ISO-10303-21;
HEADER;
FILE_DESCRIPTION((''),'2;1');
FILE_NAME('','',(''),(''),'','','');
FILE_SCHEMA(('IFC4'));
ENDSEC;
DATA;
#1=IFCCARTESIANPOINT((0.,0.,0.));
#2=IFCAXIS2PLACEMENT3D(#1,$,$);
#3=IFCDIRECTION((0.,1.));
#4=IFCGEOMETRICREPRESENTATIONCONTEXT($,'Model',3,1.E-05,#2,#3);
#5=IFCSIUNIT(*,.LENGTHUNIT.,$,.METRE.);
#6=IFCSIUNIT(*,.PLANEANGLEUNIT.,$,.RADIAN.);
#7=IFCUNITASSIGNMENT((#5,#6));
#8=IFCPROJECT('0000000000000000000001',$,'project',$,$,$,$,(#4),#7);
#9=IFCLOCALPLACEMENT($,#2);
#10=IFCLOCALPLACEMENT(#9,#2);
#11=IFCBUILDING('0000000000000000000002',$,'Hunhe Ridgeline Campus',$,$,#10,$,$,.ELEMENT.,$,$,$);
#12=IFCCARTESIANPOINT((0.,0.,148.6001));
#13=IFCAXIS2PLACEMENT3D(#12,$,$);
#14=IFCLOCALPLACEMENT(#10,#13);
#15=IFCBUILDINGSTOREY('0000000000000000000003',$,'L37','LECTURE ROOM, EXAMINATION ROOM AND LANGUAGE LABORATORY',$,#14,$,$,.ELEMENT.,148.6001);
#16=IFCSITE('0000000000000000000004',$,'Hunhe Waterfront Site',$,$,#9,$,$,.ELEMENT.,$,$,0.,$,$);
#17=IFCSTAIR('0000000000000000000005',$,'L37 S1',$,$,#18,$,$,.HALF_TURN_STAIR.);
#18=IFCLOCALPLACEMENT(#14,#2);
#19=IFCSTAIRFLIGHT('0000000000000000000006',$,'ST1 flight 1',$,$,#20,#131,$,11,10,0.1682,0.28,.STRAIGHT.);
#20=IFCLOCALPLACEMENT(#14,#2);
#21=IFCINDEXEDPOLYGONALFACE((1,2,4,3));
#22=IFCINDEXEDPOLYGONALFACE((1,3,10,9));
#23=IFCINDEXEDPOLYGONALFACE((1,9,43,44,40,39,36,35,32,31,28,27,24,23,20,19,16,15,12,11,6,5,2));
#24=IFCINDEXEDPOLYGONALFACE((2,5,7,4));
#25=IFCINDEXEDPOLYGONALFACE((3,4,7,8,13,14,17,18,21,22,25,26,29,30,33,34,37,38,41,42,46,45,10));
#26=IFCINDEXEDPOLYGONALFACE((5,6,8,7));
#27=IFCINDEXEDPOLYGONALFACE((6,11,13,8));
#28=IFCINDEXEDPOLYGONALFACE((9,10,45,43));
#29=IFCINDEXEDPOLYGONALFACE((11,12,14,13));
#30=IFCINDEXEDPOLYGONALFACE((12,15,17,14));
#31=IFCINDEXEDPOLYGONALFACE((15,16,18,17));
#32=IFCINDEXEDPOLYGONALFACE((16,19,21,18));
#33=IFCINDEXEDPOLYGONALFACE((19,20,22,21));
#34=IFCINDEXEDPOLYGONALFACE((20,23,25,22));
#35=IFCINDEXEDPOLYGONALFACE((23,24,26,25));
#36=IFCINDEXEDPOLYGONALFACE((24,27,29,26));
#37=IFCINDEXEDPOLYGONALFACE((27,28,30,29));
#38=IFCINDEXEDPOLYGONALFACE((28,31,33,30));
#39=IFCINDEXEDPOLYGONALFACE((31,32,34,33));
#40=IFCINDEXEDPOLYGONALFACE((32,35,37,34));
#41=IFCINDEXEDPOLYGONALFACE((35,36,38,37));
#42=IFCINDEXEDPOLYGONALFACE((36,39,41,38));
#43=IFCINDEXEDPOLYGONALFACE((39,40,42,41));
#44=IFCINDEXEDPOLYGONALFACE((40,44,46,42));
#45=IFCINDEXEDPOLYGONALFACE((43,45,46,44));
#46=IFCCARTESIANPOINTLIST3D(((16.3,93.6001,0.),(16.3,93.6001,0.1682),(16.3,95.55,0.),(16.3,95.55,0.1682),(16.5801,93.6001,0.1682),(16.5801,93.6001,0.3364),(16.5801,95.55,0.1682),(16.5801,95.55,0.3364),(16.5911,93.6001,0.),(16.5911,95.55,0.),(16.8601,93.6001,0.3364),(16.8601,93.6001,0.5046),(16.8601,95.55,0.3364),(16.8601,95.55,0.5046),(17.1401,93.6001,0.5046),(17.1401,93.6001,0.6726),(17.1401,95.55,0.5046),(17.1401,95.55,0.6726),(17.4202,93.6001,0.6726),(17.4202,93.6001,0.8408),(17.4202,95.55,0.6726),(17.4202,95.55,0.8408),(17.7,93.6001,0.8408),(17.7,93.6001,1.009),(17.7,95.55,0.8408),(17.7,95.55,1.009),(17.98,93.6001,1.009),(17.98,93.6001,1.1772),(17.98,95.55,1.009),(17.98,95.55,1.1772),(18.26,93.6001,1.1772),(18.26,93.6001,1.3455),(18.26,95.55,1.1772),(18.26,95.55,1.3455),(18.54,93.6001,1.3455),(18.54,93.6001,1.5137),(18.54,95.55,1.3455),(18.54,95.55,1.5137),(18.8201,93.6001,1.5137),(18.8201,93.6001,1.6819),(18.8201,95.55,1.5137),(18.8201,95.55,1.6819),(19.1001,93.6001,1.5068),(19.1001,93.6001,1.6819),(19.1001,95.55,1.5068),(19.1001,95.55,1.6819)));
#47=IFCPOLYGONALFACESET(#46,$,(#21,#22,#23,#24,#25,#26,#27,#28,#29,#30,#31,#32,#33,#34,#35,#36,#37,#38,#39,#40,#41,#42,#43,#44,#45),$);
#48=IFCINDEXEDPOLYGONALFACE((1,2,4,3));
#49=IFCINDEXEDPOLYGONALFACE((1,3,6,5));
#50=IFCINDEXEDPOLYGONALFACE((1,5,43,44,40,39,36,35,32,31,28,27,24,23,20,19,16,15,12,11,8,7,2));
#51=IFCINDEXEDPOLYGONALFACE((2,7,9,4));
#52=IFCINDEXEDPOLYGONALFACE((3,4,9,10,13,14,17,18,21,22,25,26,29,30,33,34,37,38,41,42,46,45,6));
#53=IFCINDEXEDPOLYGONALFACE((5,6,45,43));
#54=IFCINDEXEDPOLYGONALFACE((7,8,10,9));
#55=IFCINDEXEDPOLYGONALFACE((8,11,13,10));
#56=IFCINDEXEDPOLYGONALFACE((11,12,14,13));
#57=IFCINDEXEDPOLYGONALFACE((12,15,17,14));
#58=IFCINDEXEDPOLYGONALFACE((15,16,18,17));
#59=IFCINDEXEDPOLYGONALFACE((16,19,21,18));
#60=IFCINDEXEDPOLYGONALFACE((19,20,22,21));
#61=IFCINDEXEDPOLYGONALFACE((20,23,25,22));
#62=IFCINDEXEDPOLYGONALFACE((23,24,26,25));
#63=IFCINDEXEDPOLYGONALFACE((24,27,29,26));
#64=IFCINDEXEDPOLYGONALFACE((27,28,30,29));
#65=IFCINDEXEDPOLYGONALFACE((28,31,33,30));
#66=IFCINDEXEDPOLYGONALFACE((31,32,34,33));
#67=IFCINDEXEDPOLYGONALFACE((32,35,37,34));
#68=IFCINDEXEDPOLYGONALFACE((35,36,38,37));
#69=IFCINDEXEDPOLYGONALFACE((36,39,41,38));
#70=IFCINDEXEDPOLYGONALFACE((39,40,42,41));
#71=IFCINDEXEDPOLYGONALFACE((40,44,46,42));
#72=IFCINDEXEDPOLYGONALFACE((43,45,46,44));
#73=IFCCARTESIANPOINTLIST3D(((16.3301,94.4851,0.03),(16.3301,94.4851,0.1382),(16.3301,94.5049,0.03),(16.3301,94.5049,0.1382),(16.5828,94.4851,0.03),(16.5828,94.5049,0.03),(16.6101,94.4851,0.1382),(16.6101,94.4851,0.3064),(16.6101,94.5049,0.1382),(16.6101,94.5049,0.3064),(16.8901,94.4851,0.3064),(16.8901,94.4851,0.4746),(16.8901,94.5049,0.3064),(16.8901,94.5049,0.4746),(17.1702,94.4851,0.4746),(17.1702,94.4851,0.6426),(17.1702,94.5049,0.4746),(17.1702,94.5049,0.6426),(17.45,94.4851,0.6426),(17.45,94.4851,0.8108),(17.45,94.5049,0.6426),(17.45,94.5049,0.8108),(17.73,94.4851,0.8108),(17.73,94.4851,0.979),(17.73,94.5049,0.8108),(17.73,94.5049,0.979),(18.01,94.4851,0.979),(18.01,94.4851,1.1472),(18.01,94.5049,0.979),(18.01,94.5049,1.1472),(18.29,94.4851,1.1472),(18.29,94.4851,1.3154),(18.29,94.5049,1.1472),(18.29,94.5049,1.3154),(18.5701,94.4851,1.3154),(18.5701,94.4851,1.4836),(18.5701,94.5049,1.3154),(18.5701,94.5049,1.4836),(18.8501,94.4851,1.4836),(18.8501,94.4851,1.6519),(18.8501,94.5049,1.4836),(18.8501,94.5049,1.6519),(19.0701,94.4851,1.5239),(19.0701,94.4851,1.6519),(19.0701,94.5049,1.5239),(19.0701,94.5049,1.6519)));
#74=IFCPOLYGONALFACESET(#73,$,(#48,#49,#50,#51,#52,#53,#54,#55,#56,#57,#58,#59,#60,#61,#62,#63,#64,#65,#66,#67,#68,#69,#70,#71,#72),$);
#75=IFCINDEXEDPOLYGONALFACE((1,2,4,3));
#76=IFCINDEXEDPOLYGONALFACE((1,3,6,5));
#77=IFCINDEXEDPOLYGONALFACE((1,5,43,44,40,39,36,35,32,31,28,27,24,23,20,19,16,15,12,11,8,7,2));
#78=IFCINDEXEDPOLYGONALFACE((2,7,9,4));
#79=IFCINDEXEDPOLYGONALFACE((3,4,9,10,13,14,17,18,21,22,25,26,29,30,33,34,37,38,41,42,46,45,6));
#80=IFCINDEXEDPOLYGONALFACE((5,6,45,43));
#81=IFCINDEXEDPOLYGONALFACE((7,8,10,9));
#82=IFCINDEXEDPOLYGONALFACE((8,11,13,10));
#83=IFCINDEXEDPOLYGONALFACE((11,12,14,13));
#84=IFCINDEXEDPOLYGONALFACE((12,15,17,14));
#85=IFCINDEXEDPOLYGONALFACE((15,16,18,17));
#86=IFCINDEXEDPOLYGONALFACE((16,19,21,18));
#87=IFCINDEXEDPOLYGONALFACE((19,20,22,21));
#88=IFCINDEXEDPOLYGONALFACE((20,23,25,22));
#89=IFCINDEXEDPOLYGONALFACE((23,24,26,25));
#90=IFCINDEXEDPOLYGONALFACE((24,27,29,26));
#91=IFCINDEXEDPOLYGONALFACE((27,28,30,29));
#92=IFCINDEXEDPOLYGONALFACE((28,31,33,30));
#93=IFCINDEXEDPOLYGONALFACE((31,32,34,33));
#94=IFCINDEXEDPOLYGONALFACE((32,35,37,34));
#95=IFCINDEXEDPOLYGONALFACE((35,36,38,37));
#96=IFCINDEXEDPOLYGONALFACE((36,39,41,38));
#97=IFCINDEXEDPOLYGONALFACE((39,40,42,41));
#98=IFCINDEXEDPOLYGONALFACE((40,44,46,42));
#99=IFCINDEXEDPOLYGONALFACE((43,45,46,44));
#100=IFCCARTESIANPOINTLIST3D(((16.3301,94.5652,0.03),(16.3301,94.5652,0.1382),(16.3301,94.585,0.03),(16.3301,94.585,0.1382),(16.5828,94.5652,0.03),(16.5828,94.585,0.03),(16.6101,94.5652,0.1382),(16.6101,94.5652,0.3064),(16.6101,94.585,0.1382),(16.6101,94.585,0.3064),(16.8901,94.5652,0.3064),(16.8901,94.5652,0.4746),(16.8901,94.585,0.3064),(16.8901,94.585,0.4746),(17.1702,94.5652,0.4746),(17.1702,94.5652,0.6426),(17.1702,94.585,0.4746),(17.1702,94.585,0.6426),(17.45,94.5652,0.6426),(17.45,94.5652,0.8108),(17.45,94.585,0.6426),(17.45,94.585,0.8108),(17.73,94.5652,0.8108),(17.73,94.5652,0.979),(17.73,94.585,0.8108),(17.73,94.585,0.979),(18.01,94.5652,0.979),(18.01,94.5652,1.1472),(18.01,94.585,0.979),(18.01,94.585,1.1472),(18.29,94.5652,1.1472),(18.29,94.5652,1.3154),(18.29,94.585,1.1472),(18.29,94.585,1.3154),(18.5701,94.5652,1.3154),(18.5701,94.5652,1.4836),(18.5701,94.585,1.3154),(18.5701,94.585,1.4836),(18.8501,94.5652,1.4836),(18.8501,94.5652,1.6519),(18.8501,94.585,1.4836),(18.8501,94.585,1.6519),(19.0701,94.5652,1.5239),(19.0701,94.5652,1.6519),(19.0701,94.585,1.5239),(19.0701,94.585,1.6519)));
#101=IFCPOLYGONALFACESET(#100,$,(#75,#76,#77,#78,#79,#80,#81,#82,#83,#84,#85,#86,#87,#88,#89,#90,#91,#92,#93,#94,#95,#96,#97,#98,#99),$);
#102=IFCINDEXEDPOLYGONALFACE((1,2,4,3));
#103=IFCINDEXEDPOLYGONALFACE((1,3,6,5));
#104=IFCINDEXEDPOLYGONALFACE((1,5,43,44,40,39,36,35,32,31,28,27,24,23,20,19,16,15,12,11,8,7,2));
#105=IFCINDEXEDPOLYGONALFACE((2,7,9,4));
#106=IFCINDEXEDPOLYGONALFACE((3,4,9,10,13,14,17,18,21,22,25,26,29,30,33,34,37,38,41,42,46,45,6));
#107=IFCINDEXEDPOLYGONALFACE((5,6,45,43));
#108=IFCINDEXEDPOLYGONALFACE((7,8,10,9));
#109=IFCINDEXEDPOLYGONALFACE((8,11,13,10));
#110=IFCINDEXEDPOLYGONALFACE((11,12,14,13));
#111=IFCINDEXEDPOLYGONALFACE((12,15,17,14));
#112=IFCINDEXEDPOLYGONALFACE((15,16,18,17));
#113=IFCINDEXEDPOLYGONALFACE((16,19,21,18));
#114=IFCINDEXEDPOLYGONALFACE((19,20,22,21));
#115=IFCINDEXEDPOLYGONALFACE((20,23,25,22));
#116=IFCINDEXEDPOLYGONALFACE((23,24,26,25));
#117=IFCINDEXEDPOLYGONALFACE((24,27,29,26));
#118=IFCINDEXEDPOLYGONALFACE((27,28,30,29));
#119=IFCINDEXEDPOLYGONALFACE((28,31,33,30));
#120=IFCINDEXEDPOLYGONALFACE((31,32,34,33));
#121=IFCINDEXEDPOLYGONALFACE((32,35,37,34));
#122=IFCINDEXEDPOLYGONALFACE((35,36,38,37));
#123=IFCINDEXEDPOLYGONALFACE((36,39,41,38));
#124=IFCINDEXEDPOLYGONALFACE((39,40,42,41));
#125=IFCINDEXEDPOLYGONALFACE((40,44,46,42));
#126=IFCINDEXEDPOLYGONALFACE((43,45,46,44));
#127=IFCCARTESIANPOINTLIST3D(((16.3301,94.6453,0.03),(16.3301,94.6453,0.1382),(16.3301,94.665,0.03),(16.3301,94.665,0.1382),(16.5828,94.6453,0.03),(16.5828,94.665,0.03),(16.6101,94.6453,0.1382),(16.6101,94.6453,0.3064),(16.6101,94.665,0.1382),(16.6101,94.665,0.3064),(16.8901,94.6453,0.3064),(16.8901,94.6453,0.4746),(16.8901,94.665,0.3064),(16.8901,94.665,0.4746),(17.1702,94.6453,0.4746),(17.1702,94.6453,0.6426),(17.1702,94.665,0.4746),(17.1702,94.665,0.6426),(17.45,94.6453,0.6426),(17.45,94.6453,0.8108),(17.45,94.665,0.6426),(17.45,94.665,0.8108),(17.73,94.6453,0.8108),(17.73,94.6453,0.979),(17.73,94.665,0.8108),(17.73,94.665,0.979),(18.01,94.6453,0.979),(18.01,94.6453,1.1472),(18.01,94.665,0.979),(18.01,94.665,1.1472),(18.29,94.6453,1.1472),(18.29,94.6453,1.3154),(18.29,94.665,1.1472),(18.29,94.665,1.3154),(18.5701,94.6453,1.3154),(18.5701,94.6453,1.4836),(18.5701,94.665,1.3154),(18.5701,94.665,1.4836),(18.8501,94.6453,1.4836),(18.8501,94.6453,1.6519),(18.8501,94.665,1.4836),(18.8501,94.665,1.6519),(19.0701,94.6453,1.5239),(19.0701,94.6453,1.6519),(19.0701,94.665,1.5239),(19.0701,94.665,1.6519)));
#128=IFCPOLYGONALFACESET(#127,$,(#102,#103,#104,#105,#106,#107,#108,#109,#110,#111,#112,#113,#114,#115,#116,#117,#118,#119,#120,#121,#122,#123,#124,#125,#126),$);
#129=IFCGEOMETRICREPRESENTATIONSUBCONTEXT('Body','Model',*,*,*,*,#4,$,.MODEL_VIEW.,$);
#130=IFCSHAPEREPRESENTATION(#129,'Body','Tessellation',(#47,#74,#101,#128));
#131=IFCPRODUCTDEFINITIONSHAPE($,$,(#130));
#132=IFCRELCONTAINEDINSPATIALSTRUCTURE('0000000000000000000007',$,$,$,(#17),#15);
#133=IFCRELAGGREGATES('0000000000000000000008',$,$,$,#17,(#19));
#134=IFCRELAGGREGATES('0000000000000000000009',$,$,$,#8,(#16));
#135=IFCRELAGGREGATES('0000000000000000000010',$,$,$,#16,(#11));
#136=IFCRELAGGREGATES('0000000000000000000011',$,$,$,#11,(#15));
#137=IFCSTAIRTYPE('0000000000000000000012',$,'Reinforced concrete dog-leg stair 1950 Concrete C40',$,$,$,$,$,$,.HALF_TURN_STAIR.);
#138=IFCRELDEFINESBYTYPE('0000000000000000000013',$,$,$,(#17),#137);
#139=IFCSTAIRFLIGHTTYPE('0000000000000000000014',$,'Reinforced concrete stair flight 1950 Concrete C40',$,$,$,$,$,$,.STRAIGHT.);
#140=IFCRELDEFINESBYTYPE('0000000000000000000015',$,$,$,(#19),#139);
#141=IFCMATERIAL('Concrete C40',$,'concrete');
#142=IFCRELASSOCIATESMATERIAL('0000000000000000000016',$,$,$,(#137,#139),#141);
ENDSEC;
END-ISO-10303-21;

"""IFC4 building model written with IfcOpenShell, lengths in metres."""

from ifc_helpers import new_model, si_unit, direction, frame, origin, place, context, subcontext, project, spatial, polyline, outline, extrude, material, type_object, element, aggregate, save


model = new_model("IFC4")

# Units and contexts
model_context = context("Model", 3, precision=1e-05, world=origin(), true_north=direction((0.0, 1.0)))
body_context = subcontext(model_context, "Body", "Model", "MODEL_VIEW")
ifc_project = project(units=[si_unit("LENGTHUNIT", "METRE"), si_unit("PLANEANGLEUNIT", "RADIAN")], contexts=[model_context])

# Site, building, storey
site_placement = place(None, origin())
site = spatial("IfcSite", under=ifc_project, at=site_placement, Name="Hunhe Waterfront Site", CompositionType="ELEMENT", RefElevation=0.0)
building_placement = place(site_placement, origin())
building = spatial("IfcBuilding", under=site, at=building_placement, Name="Hunhe Ridgeline Campus", CompositionType="ELEMENT")
storey_placement = place(building_placement, frame((0.0, 0.0, 148.6001)))
storey = spatial("IfcBuildingStorey", under=building, at=storey_placement, Name="L37", Description="LECTURE ROOM, EXAMINATION ROOM AND LANGUAGE LABORATORY", CompositionType="ELEMENT", Elevation=148.6001)

# Stair, stair flight
ifc_material_1 = material(Name="Concrete C40", Category="concrete")
stair_type = type_object("IfcStairType", Name="Reinforced concrete dog-leg stair 1950 Concrete C40", PredefinedType="HALF_TURN_STAIR", material=ifc_material_1)
stair_1_placement = place(storey_placement, origin())
stair_1 = element("IfcStair", 1, at=stair_1_placement, inside=storey, type_object=stair_type, Name="L37 S1", PredefinedType="HALF_TURN_STAIR")
stair_flight_type = type_object("IfcStairFlightType", Name="Reinforced concrete stair flight 1950 Concrete C40", PredefinedType="STRAIGHT", material=ifc_material_1)
stair_flight_1_placement = place(storey_placement, frame((16.3, 94.575, 0.0), z_axis=(0.0, 0.0, 1.0), x_axis=(1.0, 0.0, 0.0)))
stair_flight_1 = element("IfcStairFlight", 2, at=stair_flight_1_placement, type_object=stair_flight_type, Name="ST1 flight 1", NumberOfRisers=11, NumberOfTreads=10, PredefinedType="STRAIGHT", RiserHeight=0.1682, TreadLength=0.28, context=body_context, shape_type="SweptSolid", body=[
    extrude(outline(polyline([(0.0, 0.0), (0.0, 0.1682), (0.28, 0.1682), (0.28, 0.3364), (0.5601, 0.3364), (0.5601, 0.5046), (0.8401, 0.5046), (0.8401, 0.6726), (1.1201, 0.6726), (1.1201, 0.8408), (1.3999, 0.8408), (1.3999, 1.009), (1.6799, 1.009), (1.6799, 1.1772), (1.96, 1.1772), (1.96, 1.3455), (2.24, 1.3455), (2.24, 1.5137), (2.52, 1.5137), (2.52, 1.6819), (2.8, 1.6819), (2.8, 1.8501), (2.8, 1.5068), (0.291, 0.0), (0.0, 0.0)])), frame((0.0, 0.9751, 0.0), z_axis=(0.0, -1.0, 0.0), x_axis=(1.0, 0.0, 0.0)), (0.0, 0.0, 1.0), 1.95),
    extrude(outline(polyline([(0.03, 0.03), (0.03, 0.1382), (0.3101, 0.1382), (0.3101, 0.3064), (0.5901, 0.3064), (0.5901, 0.4746), (0.8701, 0.4746), (0.8701, 0.6426), (1.1499, 0.6426), (1.1499, 0.8108), (1.4299, 0.8108), (1.4299, 0.979), (1.71, 0.979), (1.71, 1.1472), (1.99, 1.1472), (1.99, 1.3154), (2.27, 1.3154), (2.27, 1.4836), (2.55, 1.4836), (2.55, 1.6519), (2.77, 1.6519), (2.77, 1.5239), (0.2827, 0.03), (0.03, 0.03)])), frame((0.0, -0.0701, 0.0), z_axis=(0.0, -1.0, 0.0), x_axis=(1.0, 0.0, 0.0)), (0.0, 0.0, 1.0), 0.0198),
    extrude(outline(polyline([(0.03, 0.03), (0.03, 0.1382), (0.3101, 0.1382), (0.3101, 0.3064), (0.5901, 0.3064), (0.5901, 0.4746), (0.8701, 0.4746), (0.8701, 0.6426), (1.1499, 0.6426), (1.1499, 0.8108), (1.4299, 0.8108), (1.4299, 0.979), (1.71, 0.979), (1.71, 1.1472), (1.99, 1.1472), (1.99, 1.3154), (2.27, 1.3154), (2.27, 1.4836), (2.55, 1.4836), (2.55, 1.6519), (2.77, 1.6519), (2.77, 1.5239), (0.2827, 0.03), (0.03, 0.03)])), frame((0.0, 0.01, 0.0), z_axis=(0.0, -1.0, 0.0), x_axis=(1.0, 0.0, 0.0)), (0.0, 0.0, 1.0), 0.0198),
    extrude(outline(polyline([(0.03, 0.03), (0.03, 0.1382), (0.3101, 0.1382), (0.3101, 0.3064), (0.5901, 0.3064), (0.5901, 0.4746), (0.8701, 0.4746), (0.8701, 0.6426), (1.1499, 0.6426), (1.1499, 0.8108), (1.4299, 0.8108), (1.4299, 0.979), (1.71, 0.979), (1.71, 1.1472), (1.99, 1.1472), (1.99, 1.3154), (2.27, 1.3154), (2.27, 1.4836), (2.55, 1.4836), (2.55, 1.6519), (2.77, 1.6519), (2.77, 1.5239), (0.2827, 0.03), (0.03, 0.03)])), frame((0.0, 0.0901, 0.0), z_axis=(0.0, -1.0, 0.0), x_axis=(1.0, 0.0, 0.0)), (0.0, 0.0, 1.0), 0.0198),
])
aggregate(stair_1, [stair_flight_1])

save(model, "model.ifc")
